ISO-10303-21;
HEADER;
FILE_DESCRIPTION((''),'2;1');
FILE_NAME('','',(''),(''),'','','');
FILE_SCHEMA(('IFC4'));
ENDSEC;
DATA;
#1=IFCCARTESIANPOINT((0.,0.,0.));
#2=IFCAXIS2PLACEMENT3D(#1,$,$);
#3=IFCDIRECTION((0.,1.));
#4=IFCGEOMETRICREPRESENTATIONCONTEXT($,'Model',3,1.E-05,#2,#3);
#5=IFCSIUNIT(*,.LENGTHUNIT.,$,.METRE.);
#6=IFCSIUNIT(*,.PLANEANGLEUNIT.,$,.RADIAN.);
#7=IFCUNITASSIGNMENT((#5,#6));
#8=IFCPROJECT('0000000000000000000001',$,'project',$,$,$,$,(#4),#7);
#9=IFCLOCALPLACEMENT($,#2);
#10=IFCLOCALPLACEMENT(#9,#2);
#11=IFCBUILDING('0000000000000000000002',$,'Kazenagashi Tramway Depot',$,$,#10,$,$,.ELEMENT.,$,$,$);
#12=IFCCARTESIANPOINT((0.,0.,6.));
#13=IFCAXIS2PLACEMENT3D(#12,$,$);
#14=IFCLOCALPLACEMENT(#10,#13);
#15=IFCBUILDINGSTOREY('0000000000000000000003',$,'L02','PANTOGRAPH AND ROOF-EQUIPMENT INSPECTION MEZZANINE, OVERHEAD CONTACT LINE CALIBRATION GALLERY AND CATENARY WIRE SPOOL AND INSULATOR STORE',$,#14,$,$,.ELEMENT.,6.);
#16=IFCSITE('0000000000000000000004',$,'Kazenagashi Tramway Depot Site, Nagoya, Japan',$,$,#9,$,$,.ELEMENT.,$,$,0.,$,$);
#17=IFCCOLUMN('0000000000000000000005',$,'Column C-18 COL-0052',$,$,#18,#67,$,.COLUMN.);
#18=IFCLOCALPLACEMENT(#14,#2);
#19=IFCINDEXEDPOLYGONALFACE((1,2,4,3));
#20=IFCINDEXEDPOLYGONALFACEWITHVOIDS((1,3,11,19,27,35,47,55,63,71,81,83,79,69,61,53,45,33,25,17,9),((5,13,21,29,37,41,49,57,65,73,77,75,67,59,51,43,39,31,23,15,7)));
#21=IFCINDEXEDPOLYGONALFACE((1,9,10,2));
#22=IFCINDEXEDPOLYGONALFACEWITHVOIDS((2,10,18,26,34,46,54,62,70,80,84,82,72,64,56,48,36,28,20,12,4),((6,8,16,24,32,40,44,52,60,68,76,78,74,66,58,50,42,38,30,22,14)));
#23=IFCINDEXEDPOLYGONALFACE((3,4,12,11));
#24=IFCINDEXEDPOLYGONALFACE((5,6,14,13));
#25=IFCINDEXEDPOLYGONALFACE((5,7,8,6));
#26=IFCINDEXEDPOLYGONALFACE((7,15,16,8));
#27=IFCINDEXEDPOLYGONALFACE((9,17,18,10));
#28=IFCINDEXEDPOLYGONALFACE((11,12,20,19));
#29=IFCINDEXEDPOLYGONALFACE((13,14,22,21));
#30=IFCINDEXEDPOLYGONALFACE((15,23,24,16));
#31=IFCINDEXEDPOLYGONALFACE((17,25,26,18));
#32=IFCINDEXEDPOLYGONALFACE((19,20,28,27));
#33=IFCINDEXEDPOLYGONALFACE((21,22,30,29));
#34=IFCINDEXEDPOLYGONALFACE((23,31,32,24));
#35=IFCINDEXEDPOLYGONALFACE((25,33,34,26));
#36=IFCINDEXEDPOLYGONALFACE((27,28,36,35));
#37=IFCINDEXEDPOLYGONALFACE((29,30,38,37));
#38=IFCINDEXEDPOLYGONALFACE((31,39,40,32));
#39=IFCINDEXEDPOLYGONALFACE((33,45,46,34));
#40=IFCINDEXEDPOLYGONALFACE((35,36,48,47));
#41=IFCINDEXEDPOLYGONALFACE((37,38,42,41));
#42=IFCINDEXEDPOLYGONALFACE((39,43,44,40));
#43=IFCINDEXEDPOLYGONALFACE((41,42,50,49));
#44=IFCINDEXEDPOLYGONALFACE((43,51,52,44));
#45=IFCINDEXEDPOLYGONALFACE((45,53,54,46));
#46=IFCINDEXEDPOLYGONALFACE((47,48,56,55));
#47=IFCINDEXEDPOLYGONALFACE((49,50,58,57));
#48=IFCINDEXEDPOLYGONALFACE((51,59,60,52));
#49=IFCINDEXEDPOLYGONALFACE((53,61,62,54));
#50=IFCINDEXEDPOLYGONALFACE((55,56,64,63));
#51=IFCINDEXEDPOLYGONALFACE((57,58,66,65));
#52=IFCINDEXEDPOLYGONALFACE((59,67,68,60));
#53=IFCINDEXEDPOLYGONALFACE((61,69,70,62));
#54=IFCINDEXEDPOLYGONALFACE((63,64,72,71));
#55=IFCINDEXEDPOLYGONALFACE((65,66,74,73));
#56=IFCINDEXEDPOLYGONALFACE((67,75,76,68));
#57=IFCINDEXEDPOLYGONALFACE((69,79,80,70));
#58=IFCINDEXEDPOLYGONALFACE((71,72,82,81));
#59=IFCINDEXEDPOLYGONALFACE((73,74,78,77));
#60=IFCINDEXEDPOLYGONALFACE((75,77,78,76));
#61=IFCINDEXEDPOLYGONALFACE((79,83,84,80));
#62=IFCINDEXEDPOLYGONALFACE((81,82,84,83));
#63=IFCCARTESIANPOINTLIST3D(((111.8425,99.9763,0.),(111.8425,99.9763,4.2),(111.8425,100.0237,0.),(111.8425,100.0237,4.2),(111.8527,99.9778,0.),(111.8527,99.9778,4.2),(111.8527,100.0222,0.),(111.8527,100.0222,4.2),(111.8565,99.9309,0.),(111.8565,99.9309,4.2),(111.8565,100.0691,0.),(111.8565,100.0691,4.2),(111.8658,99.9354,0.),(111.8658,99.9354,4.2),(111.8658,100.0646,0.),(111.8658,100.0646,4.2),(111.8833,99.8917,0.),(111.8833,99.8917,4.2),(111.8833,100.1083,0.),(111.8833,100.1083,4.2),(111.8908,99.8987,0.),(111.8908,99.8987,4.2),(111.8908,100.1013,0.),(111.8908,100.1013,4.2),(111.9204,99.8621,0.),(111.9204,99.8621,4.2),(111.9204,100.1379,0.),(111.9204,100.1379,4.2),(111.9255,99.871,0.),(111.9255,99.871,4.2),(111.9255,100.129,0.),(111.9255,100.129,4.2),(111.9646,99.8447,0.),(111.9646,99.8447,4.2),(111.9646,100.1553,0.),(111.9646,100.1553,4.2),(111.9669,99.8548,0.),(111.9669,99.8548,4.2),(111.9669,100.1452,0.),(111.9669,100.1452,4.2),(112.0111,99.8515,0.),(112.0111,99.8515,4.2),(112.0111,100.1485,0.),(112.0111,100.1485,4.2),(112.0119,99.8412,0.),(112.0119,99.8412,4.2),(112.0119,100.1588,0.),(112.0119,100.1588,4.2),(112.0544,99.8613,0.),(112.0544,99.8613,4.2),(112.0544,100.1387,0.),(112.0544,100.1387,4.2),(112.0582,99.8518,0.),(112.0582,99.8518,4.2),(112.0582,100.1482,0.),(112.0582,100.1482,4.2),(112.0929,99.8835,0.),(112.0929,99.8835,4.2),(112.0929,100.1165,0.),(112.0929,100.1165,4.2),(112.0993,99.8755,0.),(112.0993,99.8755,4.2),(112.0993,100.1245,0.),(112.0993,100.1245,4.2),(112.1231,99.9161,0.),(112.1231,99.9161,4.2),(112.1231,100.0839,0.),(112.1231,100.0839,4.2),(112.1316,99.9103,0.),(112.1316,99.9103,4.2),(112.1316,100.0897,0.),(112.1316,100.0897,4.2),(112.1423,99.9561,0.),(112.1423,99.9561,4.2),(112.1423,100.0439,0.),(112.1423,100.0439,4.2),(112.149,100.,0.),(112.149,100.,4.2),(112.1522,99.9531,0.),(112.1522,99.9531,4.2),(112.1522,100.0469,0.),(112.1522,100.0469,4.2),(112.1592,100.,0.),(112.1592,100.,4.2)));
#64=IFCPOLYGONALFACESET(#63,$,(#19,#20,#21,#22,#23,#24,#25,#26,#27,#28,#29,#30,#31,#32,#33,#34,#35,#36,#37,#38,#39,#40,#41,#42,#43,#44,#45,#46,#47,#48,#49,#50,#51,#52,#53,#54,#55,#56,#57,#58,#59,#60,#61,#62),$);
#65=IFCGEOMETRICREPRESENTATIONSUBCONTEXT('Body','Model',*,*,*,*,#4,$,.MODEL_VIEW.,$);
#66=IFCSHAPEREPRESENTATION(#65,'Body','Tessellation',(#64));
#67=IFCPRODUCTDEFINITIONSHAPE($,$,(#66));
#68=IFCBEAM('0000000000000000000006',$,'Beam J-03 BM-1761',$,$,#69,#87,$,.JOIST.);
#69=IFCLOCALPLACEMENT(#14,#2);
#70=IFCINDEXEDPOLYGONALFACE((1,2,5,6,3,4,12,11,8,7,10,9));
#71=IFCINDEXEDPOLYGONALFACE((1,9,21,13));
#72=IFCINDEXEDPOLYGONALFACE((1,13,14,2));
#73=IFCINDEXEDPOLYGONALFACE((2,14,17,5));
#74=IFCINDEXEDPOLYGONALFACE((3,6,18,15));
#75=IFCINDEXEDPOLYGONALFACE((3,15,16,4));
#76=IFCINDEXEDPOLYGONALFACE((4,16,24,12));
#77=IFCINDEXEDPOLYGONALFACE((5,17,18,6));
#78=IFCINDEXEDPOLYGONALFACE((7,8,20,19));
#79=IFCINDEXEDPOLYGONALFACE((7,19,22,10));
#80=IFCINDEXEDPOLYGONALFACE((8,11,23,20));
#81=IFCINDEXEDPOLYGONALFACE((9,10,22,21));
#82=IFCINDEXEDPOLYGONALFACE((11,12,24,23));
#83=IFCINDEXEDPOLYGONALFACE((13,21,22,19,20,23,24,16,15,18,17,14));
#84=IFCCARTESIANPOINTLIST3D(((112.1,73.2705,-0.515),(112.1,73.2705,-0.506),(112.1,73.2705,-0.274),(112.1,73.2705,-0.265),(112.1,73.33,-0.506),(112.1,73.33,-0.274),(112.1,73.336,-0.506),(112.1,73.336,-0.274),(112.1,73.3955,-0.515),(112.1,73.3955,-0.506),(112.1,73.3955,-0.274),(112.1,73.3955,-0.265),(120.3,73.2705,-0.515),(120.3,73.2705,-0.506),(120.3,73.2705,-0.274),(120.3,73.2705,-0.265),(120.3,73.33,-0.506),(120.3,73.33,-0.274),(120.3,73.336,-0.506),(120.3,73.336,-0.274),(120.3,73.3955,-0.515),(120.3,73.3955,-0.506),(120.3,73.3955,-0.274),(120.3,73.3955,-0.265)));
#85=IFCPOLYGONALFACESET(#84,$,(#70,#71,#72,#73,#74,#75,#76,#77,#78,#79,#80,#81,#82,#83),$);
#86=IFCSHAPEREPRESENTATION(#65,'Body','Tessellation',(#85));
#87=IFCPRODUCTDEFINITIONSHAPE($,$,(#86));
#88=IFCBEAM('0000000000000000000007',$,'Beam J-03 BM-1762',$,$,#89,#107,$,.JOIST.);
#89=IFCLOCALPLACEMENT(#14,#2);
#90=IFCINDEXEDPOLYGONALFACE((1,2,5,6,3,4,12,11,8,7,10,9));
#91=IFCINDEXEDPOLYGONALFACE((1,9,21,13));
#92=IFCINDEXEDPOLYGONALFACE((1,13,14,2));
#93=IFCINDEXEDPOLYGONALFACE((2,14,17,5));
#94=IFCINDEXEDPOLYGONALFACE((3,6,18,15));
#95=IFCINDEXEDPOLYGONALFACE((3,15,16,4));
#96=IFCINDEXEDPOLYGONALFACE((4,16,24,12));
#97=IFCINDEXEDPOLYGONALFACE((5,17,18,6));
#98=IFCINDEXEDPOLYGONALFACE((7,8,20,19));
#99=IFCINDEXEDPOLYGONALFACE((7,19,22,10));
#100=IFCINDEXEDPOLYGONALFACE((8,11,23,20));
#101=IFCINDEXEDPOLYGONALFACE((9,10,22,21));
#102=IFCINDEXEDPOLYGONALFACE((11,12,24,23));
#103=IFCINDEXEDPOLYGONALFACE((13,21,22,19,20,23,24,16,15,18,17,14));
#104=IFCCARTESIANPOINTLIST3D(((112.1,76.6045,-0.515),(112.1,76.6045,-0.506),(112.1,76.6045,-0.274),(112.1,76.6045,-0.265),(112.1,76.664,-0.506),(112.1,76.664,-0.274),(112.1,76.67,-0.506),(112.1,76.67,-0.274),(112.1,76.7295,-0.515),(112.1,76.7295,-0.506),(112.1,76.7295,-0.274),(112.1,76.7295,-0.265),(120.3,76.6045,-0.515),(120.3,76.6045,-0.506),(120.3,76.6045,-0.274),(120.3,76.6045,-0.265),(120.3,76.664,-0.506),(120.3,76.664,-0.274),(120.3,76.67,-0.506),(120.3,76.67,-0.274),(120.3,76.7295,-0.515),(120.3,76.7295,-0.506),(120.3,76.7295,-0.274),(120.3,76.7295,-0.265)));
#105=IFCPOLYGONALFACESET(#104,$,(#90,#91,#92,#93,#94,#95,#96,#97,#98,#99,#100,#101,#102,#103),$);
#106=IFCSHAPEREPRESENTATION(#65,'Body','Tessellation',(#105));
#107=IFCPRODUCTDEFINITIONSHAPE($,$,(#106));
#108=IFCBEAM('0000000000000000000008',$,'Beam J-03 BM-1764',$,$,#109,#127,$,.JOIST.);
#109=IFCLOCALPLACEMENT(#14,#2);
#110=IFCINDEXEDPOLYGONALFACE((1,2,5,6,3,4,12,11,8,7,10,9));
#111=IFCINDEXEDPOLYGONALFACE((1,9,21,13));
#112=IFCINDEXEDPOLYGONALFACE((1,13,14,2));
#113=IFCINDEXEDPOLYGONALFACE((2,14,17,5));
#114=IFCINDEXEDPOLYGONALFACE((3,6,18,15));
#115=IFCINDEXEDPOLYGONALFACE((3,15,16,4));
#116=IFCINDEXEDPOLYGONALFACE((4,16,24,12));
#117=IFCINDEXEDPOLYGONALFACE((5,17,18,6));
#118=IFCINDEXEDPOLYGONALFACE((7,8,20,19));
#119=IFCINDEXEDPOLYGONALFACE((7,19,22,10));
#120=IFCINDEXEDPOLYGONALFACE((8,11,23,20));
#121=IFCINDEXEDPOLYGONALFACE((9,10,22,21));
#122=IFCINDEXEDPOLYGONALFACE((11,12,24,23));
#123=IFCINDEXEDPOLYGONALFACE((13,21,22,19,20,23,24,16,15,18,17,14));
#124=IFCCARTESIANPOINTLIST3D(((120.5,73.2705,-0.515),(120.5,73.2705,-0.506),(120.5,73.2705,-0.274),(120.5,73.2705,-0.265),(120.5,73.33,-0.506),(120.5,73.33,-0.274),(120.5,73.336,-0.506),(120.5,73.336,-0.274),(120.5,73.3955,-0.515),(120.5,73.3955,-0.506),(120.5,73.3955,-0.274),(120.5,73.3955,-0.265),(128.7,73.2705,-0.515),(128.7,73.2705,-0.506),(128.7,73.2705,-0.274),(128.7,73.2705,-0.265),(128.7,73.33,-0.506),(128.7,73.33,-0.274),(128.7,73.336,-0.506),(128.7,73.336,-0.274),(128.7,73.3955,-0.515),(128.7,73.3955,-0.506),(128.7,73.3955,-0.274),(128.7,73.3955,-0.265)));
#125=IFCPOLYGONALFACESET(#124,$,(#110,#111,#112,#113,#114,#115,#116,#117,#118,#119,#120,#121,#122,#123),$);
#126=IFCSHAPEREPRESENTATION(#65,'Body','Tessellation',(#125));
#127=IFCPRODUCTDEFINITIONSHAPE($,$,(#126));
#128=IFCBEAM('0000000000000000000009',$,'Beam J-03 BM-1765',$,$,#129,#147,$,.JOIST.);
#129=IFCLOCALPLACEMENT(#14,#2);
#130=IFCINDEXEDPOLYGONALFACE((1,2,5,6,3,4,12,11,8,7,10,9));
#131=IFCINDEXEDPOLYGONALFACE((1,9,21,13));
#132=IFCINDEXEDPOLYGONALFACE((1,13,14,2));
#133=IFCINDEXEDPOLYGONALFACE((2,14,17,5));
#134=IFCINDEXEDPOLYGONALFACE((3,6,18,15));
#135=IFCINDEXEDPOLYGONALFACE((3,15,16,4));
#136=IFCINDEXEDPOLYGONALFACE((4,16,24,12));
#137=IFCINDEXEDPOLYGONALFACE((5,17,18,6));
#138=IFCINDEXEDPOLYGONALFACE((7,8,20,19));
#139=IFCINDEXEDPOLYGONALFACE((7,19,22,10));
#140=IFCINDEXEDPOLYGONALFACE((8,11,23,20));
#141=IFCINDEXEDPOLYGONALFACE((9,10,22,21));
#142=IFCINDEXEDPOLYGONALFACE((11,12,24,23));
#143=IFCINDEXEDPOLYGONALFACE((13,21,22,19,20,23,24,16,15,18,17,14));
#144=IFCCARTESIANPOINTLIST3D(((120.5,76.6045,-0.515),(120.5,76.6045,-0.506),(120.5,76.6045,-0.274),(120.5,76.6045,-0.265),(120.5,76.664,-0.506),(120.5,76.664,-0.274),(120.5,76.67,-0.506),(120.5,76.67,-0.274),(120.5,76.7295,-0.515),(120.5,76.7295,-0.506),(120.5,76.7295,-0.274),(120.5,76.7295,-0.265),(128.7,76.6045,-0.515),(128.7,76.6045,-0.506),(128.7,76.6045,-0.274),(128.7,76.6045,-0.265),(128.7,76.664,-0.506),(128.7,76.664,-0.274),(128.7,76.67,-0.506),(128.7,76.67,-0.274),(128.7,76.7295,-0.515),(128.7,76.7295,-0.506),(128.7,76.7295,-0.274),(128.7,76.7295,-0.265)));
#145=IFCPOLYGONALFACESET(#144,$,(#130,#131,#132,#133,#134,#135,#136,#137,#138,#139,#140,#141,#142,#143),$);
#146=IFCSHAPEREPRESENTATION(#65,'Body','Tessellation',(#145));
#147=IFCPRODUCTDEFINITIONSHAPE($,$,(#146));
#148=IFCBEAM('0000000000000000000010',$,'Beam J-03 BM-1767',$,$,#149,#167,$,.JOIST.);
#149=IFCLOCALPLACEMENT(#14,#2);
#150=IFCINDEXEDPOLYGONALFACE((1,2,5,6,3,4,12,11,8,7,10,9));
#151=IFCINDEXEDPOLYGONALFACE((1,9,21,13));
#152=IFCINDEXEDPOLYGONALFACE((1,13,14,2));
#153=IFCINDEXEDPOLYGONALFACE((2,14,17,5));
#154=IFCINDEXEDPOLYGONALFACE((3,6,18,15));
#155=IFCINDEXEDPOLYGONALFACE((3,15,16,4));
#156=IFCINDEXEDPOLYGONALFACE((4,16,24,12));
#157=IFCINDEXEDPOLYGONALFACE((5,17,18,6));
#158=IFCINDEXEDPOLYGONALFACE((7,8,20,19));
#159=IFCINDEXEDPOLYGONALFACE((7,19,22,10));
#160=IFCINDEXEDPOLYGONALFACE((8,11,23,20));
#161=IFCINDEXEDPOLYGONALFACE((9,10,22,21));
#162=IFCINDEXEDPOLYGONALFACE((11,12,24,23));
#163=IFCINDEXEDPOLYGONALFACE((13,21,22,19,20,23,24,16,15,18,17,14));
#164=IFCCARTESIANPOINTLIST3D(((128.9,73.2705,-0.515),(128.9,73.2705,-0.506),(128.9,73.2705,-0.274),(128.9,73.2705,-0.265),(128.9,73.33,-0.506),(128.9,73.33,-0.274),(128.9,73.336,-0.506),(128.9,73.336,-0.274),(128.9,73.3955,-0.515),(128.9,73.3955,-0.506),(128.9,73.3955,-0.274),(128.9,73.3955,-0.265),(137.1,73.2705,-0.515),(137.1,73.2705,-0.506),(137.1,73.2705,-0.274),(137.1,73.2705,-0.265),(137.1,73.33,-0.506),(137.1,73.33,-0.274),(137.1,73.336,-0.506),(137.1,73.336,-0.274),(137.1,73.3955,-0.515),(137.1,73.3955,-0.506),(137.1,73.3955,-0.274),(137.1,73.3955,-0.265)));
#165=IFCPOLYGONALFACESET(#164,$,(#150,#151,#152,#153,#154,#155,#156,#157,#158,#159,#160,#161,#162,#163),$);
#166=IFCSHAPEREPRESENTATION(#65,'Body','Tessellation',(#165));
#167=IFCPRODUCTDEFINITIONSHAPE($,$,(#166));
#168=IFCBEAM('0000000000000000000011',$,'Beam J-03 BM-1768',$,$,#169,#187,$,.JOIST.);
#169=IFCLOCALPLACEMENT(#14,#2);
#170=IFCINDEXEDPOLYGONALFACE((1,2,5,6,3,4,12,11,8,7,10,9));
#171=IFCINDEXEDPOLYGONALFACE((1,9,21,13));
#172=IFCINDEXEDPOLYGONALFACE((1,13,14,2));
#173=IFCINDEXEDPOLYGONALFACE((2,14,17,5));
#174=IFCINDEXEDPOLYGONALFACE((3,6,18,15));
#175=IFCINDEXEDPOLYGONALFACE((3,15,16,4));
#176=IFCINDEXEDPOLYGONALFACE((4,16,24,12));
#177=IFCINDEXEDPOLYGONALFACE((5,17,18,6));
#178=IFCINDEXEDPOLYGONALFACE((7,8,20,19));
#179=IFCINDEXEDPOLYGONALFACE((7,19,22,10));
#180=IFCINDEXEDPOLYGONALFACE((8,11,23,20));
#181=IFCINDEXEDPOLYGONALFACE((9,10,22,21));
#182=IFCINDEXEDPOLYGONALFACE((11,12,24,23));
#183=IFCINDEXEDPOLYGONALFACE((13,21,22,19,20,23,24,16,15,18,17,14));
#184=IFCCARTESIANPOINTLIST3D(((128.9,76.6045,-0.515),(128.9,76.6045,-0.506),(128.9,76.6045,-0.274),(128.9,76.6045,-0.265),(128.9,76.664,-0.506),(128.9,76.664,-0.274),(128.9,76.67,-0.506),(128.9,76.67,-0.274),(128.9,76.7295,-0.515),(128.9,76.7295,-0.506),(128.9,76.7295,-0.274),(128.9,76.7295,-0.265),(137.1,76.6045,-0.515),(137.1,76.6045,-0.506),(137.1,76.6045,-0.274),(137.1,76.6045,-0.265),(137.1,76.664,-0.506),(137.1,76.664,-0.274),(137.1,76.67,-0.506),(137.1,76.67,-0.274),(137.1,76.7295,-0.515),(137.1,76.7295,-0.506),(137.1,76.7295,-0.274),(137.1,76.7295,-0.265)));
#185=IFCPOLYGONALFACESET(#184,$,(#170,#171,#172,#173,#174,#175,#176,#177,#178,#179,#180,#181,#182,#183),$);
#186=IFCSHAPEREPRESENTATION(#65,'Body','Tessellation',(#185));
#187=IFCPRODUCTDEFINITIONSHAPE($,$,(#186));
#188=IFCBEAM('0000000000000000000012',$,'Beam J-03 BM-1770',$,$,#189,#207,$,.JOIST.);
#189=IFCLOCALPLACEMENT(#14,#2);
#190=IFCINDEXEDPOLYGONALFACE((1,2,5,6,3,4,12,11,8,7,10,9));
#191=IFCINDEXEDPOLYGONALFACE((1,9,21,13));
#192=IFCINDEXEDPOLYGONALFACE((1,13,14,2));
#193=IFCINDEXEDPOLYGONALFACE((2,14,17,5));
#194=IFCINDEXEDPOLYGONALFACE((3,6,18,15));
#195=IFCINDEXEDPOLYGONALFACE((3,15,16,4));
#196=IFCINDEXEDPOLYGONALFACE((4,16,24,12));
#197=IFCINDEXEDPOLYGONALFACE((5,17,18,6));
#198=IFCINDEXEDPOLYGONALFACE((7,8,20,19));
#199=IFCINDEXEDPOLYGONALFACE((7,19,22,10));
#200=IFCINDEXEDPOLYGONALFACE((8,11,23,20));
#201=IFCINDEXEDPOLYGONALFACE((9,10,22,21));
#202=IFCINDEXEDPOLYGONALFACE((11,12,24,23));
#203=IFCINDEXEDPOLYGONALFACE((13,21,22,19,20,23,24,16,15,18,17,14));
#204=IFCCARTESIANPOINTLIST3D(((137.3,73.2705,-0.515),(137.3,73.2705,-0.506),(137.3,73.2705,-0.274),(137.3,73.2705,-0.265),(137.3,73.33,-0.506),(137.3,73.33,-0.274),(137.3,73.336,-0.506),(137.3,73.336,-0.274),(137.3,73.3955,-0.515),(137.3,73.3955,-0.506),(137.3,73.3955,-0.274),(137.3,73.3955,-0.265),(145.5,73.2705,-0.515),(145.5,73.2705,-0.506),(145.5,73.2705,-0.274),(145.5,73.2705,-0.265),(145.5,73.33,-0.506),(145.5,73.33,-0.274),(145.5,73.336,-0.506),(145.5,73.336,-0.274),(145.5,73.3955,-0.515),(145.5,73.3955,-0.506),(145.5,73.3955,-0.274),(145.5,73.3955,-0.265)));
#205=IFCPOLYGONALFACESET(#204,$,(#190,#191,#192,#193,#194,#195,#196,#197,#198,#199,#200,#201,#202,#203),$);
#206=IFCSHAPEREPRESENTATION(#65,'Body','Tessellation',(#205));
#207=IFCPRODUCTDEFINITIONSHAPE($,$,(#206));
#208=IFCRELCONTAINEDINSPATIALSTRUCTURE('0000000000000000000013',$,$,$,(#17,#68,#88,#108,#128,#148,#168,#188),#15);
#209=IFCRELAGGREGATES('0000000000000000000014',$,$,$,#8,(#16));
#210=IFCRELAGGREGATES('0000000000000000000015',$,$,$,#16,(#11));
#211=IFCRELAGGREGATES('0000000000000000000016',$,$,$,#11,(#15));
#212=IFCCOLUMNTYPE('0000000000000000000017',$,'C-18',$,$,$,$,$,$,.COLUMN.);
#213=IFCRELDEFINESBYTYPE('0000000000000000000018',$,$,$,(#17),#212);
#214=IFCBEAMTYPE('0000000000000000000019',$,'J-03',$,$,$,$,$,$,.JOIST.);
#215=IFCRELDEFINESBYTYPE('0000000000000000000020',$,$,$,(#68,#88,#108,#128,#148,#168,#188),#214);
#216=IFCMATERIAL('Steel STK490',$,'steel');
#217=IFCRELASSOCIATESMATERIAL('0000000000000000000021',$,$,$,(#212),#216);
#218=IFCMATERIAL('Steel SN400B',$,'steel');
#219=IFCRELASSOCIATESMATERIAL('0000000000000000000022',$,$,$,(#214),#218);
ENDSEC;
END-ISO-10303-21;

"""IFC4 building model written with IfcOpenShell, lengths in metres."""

from ifc_helpers import new_model, si_unit, direction, frame, origin, origin_2d, place, context, subcontext, project, spatial, hollow_circle, i_section, extrude, material, material_profile, profile_set, type_object, element, save


model = new_model("IFC4")

# Units and contexts
model_context = context("Model", 3, precision=1e-05, world=origin(), true_north=direction((0.0, 1.0)))
body_context = subcontext(model_context, "Body", "Model", "MODEL_VIEW")
ifc_project = project(units=[si_unit("LENGTHUNIT", "METRE"), si_unit("PLANEANGLEUNIT", "RADIAN")], contexts=[model_context])

# Site, building, storey
site_placement = place(None, origin())
site = spatial("IfcSite", under=ifc_project, at=site_placement, Name="Kazenagashi Tramway Depot Site, Nagoya, Japan", CompositionType="ELEMENT", RefElevation=0.0)
building_placement = place(site_placement, origin())
building = spatial("IfcBuilding", under=site, at=building_placement, Name="Kazenagashi Tramway Depot", CompositionType="ELEMENT")
storey_placement = place(building_placement, frame((0.0, 0.0, 6.0)))
storey = spatial("IfcBuildingStorey", under=building, at=storey_placement, Name="L02", Description="PANTOGRAPH AND ROOF-EQUIPMENT INSPECTION MEZZANINE, OVERHEAD CONTACT LINE CALIBRATION GALLERY AND CATENARY WIRE SPOOL AND INSULATOR STORE", CompositionType="ELEMENT", Elevation=6.0)

# Column
ifc_material_1 = material(Name="Steel STK490", Category="steel")
ifc_material_profile_1 = material_profile(ifc_material_1, hollow_circle(Radius=0.1593, WallThickness=0.0103, at=origin_2d()), Name="CHS-318.5x10.3")
ifc_profile_set_1 = profile_set([ifc_material_profile_1], Name="Steel STK490")
column_type = type_object("IfcColumnType", Name="C-18", PredefinedType="COLUMN", material=ifc_profile_set_1)
column_placement = place(storey_placement, frame((112.0, 100.0, 0.0), z_axis=(0.0, 0.0, 1.0), x_axis=(1.0, 0.0, 0.0)))
element("IfcColumn", 1, at=column_placement, inside=storey, type_object=column_type, Name="Column C-18 COL-0052", PredefinedType="COLUMN", context=body_context, shape_type="SweptSolid", body=[
    extrude(hollow_circle(Radius=0.1593, WallThickness=0.0103, at=origin_2d()), origin(), (0.0, 0.0, 1.0), 4.2),
])

# Beams
ifc_material_2 = material(Name="Steel SN400B", Category="steel")
ifc_material_profile_2 = material_profile(ifc_material_2, i_section(OverallWidth=0.125, OverallDepth=0.25, WebThickness=0.006, FlangeThickness=0.009, at=origin_2d()), Name="H-250x125x6x9")
ifc_profile_set_2 = profile_set([ifc_material_profile_2], Name="Steel SN400B")
beam_type_1 = type_object("IfcBeamType", Name="J-03", PredefinedType="JOIST", material=ifc_profile_set_2)
for number, where, z_axis, x_axis, name in (
    (2, (112.1, 73.333, -0.39), (1.0, 0.0, 0.0), (0.0, 1.0, 0.0), "Beam J-03 BM-1761"),
    (3, (112.1, 76.667, -0.39), (1.0, 0.0, 0.0), (0.0, 1.0, 0.0), "Beam J-03 BM-1762"),
    (4, (120.5, 73.333, -0.39), (1.0, 0.0, 0.0), (0.0, 1.0, 0.0), "Beam J-03 BM-1764"),
    (5, (120.5, 76.667, -0.39), (1.0, 0.0, 0.0), (0.0, 1.0, 0.0), "Beam J-03 BM-1765"),
    (6, (128.9, 73.333, -0.39), (1.0, 0.0, 0.0), (0.0, 1.0, 0.0), "Beam J-03 BM-1767"),
    (7, (128.9, 76.667, -0.39), (1.0, 0.0, 0.0), (0.0, 1.0, 0.0), "Beam J-03 BM-1768"),
    (8, (137.3, 73.333, -0.39), (1.0, 0.0, 0.0), (0.0, 1.0, 0.0), "Beam J-03 BM-1770"),
):
    element("IfcBeam", number, at=place(storey_placement, frame(where, z_axis=z_axis, x_axis=x_axis)), inside=storey, type_object=beam_type_1, Name=name, PredefinedType="JOIST", context=body_context, shape_type="SweptSolid", body=[
        extrude(i_section(OverallWidth=0.125, OverallDepth=0.25, WebThickness=0.006, FlangeThickness=0.009, at=origin_2d()), origin(), (0.0, 0.0, 1.0), 8.2),
    ])

save(model, "model.ifc")
